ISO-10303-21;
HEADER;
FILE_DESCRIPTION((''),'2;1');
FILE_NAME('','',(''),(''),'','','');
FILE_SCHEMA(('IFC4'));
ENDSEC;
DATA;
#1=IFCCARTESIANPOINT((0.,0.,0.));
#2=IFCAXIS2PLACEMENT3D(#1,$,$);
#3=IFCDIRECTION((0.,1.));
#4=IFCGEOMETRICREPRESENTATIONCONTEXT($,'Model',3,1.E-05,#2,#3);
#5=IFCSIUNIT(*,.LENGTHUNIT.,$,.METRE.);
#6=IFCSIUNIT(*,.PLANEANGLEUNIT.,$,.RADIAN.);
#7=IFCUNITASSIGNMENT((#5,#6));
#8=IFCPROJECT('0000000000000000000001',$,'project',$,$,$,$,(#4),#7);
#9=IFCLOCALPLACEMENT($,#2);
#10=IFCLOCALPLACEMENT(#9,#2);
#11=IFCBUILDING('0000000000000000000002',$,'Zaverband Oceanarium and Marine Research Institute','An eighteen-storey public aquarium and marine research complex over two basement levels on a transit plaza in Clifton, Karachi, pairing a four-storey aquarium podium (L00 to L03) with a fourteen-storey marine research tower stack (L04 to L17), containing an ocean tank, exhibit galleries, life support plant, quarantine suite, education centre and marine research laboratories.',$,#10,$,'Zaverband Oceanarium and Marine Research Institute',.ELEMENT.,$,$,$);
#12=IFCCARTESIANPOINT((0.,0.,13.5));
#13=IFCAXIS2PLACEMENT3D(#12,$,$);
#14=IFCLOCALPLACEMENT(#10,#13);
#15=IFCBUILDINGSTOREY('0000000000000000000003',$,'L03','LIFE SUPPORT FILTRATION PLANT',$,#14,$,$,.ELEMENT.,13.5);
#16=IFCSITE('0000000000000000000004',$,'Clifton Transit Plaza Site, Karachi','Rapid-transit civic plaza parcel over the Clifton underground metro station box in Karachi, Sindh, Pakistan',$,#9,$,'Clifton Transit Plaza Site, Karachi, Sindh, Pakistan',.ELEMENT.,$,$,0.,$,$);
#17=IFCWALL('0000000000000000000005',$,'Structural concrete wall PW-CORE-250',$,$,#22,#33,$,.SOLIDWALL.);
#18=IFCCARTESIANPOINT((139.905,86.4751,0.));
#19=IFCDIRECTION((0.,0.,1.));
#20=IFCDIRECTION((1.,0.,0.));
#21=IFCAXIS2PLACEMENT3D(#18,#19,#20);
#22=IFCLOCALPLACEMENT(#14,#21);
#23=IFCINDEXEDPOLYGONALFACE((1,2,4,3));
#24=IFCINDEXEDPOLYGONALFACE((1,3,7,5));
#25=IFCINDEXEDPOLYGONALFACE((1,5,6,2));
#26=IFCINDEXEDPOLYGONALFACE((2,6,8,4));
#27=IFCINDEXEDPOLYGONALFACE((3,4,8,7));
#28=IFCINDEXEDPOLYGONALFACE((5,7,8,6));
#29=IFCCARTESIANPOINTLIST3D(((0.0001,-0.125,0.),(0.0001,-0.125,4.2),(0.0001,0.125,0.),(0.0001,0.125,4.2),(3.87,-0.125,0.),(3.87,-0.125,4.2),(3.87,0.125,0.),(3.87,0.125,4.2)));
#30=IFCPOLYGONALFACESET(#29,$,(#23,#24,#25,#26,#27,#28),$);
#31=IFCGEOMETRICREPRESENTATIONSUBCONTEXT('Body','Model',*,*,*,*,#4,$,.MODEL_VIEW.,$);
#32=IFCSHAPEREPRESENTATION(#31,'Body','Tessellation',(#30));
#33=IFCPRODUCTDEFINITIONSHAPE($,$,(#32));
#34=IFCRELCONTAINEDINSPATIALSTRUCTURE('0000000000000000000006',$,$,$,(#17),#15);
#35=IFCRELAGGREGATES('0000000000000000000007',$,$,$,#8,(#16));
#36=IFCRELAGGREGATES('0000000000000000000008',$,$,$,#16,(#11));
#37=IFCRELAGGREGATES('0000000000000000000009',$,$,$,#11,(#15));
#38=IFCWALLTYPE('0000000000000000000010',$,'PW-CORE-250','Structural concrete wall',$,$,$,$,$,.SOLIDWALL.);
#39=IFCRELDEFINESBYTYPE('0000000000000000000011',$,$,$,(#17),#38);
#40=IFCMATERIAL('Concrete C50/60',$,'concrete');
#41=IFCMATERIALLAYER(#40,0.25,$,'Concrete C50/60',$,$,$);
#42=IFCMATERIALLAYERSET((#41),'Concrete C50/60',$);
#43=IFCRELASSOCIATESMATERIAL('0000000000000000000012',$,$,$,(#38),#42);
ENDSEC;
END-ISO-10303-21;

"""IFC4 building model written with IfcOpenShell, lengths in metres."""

from ifc_helpers import new_model, si_unit, direction, frame, frame_2d, origin, place, context, subcontext, project, spatial, rectangle, extrude, material, layer, layer_set, type_object, element, save


model = new_model("IFC4")

# Units and contexts
model_context = context("Model", 3, precision=1e-05, world=origin(), true_north=direction((0.0, 1.0)))
body_context = subcontext(model_context, "Body", "Model", "MODEL_VIEW")
ifc_project = project(units=[si_unit("LENGTHUNIT", "METRE"), si_unit("PLANEANGLEUNIT", "RADIAN")], contexts=[model_context])

# Site, building, storey
site_placement = place(None, origin())
site = spatial("IfcSite", under=ifc_project, at=site_placement, Name="Clifton Transit Plaza Site, Karachi", Description="Rapid-transit civic plaza parcel over the Clifton underground metro station box in Karachi, Sindh, Pakistan", LongName="Clifton Transit Plaza Site, Karachi, Sindh, Pakistan", CompositionType="ELEMENT", RefElevation=0.0)
building_placement = place(site_placement, origin())
building = spatial("IfcBuilding", under=site, at=building_placement, Name="Zaverband Oceanarium and Marine Research Institute", Description="An eighteen-storey public aquarium and marine research complex over two basement levels on a transit plaza in Clifton, Karachi, pairing a four-storey aquarium podium (L00 to L03) with a fourteen-storey marine research tower stack (L04 to L17), containing an ocean tank, exhibit galleries, life support plant, quarantine suite, education centre and marine research laboratories.", LongName="Zaverband Oceanarium and Marine Research Institute", CompositionType="ELEMENT")
storey_placement = place(building_placement, frame((0.0, 0.0, 13.5)))
storey = spatial("IfcBuildingStorey", under=building, at=storey_placement, Name="L03", Description="LIFE SUPPORT FILTRATION PLANT", CompositionType="ELEMENT", Elevation=13.5)

# Shared definitions
ifc_material_1 = material(Name="Concrete C50/60", Category="concrete")

# Shared definitions
ifc_layer_1 = layer(ifc_material_1, 0.25, Name="Concrete C50/60")
ifc_layer_set_1 = layer_set([ifc_layer_1], Name="Concrete C50/60")
wall_type_1 = type_object("IfcWallType", Name="PW-CORE-250", Description="Structural concrete wall", PredefinedType="SOLIDWALL", material=ifc_layer_set_1)

# Wall
wall_1_placement = place(storey_placement, frame((139.905, 86.4751, 0.0), z_axis=(0.0, 0.0, 1.0), x_axis=(1.0, 0.0, 0.0)))
element("IfcWall", 1, at=wall_1_placement, inside=storey, type_object=wall_type_1, Name="Structural concrete wall PW-CORE-250", PredefinedType="SOLIDWALL", context=body_context, shape_type="SweptSolid", body=[
    extrude(rectangle(XDim=3.8699, YDim=0.25, at=frame_2d((1.9351, 0.0))), origin(), (0.0, 0.0, 1.0), 4.2),
])

save(model, "model.ifc")
